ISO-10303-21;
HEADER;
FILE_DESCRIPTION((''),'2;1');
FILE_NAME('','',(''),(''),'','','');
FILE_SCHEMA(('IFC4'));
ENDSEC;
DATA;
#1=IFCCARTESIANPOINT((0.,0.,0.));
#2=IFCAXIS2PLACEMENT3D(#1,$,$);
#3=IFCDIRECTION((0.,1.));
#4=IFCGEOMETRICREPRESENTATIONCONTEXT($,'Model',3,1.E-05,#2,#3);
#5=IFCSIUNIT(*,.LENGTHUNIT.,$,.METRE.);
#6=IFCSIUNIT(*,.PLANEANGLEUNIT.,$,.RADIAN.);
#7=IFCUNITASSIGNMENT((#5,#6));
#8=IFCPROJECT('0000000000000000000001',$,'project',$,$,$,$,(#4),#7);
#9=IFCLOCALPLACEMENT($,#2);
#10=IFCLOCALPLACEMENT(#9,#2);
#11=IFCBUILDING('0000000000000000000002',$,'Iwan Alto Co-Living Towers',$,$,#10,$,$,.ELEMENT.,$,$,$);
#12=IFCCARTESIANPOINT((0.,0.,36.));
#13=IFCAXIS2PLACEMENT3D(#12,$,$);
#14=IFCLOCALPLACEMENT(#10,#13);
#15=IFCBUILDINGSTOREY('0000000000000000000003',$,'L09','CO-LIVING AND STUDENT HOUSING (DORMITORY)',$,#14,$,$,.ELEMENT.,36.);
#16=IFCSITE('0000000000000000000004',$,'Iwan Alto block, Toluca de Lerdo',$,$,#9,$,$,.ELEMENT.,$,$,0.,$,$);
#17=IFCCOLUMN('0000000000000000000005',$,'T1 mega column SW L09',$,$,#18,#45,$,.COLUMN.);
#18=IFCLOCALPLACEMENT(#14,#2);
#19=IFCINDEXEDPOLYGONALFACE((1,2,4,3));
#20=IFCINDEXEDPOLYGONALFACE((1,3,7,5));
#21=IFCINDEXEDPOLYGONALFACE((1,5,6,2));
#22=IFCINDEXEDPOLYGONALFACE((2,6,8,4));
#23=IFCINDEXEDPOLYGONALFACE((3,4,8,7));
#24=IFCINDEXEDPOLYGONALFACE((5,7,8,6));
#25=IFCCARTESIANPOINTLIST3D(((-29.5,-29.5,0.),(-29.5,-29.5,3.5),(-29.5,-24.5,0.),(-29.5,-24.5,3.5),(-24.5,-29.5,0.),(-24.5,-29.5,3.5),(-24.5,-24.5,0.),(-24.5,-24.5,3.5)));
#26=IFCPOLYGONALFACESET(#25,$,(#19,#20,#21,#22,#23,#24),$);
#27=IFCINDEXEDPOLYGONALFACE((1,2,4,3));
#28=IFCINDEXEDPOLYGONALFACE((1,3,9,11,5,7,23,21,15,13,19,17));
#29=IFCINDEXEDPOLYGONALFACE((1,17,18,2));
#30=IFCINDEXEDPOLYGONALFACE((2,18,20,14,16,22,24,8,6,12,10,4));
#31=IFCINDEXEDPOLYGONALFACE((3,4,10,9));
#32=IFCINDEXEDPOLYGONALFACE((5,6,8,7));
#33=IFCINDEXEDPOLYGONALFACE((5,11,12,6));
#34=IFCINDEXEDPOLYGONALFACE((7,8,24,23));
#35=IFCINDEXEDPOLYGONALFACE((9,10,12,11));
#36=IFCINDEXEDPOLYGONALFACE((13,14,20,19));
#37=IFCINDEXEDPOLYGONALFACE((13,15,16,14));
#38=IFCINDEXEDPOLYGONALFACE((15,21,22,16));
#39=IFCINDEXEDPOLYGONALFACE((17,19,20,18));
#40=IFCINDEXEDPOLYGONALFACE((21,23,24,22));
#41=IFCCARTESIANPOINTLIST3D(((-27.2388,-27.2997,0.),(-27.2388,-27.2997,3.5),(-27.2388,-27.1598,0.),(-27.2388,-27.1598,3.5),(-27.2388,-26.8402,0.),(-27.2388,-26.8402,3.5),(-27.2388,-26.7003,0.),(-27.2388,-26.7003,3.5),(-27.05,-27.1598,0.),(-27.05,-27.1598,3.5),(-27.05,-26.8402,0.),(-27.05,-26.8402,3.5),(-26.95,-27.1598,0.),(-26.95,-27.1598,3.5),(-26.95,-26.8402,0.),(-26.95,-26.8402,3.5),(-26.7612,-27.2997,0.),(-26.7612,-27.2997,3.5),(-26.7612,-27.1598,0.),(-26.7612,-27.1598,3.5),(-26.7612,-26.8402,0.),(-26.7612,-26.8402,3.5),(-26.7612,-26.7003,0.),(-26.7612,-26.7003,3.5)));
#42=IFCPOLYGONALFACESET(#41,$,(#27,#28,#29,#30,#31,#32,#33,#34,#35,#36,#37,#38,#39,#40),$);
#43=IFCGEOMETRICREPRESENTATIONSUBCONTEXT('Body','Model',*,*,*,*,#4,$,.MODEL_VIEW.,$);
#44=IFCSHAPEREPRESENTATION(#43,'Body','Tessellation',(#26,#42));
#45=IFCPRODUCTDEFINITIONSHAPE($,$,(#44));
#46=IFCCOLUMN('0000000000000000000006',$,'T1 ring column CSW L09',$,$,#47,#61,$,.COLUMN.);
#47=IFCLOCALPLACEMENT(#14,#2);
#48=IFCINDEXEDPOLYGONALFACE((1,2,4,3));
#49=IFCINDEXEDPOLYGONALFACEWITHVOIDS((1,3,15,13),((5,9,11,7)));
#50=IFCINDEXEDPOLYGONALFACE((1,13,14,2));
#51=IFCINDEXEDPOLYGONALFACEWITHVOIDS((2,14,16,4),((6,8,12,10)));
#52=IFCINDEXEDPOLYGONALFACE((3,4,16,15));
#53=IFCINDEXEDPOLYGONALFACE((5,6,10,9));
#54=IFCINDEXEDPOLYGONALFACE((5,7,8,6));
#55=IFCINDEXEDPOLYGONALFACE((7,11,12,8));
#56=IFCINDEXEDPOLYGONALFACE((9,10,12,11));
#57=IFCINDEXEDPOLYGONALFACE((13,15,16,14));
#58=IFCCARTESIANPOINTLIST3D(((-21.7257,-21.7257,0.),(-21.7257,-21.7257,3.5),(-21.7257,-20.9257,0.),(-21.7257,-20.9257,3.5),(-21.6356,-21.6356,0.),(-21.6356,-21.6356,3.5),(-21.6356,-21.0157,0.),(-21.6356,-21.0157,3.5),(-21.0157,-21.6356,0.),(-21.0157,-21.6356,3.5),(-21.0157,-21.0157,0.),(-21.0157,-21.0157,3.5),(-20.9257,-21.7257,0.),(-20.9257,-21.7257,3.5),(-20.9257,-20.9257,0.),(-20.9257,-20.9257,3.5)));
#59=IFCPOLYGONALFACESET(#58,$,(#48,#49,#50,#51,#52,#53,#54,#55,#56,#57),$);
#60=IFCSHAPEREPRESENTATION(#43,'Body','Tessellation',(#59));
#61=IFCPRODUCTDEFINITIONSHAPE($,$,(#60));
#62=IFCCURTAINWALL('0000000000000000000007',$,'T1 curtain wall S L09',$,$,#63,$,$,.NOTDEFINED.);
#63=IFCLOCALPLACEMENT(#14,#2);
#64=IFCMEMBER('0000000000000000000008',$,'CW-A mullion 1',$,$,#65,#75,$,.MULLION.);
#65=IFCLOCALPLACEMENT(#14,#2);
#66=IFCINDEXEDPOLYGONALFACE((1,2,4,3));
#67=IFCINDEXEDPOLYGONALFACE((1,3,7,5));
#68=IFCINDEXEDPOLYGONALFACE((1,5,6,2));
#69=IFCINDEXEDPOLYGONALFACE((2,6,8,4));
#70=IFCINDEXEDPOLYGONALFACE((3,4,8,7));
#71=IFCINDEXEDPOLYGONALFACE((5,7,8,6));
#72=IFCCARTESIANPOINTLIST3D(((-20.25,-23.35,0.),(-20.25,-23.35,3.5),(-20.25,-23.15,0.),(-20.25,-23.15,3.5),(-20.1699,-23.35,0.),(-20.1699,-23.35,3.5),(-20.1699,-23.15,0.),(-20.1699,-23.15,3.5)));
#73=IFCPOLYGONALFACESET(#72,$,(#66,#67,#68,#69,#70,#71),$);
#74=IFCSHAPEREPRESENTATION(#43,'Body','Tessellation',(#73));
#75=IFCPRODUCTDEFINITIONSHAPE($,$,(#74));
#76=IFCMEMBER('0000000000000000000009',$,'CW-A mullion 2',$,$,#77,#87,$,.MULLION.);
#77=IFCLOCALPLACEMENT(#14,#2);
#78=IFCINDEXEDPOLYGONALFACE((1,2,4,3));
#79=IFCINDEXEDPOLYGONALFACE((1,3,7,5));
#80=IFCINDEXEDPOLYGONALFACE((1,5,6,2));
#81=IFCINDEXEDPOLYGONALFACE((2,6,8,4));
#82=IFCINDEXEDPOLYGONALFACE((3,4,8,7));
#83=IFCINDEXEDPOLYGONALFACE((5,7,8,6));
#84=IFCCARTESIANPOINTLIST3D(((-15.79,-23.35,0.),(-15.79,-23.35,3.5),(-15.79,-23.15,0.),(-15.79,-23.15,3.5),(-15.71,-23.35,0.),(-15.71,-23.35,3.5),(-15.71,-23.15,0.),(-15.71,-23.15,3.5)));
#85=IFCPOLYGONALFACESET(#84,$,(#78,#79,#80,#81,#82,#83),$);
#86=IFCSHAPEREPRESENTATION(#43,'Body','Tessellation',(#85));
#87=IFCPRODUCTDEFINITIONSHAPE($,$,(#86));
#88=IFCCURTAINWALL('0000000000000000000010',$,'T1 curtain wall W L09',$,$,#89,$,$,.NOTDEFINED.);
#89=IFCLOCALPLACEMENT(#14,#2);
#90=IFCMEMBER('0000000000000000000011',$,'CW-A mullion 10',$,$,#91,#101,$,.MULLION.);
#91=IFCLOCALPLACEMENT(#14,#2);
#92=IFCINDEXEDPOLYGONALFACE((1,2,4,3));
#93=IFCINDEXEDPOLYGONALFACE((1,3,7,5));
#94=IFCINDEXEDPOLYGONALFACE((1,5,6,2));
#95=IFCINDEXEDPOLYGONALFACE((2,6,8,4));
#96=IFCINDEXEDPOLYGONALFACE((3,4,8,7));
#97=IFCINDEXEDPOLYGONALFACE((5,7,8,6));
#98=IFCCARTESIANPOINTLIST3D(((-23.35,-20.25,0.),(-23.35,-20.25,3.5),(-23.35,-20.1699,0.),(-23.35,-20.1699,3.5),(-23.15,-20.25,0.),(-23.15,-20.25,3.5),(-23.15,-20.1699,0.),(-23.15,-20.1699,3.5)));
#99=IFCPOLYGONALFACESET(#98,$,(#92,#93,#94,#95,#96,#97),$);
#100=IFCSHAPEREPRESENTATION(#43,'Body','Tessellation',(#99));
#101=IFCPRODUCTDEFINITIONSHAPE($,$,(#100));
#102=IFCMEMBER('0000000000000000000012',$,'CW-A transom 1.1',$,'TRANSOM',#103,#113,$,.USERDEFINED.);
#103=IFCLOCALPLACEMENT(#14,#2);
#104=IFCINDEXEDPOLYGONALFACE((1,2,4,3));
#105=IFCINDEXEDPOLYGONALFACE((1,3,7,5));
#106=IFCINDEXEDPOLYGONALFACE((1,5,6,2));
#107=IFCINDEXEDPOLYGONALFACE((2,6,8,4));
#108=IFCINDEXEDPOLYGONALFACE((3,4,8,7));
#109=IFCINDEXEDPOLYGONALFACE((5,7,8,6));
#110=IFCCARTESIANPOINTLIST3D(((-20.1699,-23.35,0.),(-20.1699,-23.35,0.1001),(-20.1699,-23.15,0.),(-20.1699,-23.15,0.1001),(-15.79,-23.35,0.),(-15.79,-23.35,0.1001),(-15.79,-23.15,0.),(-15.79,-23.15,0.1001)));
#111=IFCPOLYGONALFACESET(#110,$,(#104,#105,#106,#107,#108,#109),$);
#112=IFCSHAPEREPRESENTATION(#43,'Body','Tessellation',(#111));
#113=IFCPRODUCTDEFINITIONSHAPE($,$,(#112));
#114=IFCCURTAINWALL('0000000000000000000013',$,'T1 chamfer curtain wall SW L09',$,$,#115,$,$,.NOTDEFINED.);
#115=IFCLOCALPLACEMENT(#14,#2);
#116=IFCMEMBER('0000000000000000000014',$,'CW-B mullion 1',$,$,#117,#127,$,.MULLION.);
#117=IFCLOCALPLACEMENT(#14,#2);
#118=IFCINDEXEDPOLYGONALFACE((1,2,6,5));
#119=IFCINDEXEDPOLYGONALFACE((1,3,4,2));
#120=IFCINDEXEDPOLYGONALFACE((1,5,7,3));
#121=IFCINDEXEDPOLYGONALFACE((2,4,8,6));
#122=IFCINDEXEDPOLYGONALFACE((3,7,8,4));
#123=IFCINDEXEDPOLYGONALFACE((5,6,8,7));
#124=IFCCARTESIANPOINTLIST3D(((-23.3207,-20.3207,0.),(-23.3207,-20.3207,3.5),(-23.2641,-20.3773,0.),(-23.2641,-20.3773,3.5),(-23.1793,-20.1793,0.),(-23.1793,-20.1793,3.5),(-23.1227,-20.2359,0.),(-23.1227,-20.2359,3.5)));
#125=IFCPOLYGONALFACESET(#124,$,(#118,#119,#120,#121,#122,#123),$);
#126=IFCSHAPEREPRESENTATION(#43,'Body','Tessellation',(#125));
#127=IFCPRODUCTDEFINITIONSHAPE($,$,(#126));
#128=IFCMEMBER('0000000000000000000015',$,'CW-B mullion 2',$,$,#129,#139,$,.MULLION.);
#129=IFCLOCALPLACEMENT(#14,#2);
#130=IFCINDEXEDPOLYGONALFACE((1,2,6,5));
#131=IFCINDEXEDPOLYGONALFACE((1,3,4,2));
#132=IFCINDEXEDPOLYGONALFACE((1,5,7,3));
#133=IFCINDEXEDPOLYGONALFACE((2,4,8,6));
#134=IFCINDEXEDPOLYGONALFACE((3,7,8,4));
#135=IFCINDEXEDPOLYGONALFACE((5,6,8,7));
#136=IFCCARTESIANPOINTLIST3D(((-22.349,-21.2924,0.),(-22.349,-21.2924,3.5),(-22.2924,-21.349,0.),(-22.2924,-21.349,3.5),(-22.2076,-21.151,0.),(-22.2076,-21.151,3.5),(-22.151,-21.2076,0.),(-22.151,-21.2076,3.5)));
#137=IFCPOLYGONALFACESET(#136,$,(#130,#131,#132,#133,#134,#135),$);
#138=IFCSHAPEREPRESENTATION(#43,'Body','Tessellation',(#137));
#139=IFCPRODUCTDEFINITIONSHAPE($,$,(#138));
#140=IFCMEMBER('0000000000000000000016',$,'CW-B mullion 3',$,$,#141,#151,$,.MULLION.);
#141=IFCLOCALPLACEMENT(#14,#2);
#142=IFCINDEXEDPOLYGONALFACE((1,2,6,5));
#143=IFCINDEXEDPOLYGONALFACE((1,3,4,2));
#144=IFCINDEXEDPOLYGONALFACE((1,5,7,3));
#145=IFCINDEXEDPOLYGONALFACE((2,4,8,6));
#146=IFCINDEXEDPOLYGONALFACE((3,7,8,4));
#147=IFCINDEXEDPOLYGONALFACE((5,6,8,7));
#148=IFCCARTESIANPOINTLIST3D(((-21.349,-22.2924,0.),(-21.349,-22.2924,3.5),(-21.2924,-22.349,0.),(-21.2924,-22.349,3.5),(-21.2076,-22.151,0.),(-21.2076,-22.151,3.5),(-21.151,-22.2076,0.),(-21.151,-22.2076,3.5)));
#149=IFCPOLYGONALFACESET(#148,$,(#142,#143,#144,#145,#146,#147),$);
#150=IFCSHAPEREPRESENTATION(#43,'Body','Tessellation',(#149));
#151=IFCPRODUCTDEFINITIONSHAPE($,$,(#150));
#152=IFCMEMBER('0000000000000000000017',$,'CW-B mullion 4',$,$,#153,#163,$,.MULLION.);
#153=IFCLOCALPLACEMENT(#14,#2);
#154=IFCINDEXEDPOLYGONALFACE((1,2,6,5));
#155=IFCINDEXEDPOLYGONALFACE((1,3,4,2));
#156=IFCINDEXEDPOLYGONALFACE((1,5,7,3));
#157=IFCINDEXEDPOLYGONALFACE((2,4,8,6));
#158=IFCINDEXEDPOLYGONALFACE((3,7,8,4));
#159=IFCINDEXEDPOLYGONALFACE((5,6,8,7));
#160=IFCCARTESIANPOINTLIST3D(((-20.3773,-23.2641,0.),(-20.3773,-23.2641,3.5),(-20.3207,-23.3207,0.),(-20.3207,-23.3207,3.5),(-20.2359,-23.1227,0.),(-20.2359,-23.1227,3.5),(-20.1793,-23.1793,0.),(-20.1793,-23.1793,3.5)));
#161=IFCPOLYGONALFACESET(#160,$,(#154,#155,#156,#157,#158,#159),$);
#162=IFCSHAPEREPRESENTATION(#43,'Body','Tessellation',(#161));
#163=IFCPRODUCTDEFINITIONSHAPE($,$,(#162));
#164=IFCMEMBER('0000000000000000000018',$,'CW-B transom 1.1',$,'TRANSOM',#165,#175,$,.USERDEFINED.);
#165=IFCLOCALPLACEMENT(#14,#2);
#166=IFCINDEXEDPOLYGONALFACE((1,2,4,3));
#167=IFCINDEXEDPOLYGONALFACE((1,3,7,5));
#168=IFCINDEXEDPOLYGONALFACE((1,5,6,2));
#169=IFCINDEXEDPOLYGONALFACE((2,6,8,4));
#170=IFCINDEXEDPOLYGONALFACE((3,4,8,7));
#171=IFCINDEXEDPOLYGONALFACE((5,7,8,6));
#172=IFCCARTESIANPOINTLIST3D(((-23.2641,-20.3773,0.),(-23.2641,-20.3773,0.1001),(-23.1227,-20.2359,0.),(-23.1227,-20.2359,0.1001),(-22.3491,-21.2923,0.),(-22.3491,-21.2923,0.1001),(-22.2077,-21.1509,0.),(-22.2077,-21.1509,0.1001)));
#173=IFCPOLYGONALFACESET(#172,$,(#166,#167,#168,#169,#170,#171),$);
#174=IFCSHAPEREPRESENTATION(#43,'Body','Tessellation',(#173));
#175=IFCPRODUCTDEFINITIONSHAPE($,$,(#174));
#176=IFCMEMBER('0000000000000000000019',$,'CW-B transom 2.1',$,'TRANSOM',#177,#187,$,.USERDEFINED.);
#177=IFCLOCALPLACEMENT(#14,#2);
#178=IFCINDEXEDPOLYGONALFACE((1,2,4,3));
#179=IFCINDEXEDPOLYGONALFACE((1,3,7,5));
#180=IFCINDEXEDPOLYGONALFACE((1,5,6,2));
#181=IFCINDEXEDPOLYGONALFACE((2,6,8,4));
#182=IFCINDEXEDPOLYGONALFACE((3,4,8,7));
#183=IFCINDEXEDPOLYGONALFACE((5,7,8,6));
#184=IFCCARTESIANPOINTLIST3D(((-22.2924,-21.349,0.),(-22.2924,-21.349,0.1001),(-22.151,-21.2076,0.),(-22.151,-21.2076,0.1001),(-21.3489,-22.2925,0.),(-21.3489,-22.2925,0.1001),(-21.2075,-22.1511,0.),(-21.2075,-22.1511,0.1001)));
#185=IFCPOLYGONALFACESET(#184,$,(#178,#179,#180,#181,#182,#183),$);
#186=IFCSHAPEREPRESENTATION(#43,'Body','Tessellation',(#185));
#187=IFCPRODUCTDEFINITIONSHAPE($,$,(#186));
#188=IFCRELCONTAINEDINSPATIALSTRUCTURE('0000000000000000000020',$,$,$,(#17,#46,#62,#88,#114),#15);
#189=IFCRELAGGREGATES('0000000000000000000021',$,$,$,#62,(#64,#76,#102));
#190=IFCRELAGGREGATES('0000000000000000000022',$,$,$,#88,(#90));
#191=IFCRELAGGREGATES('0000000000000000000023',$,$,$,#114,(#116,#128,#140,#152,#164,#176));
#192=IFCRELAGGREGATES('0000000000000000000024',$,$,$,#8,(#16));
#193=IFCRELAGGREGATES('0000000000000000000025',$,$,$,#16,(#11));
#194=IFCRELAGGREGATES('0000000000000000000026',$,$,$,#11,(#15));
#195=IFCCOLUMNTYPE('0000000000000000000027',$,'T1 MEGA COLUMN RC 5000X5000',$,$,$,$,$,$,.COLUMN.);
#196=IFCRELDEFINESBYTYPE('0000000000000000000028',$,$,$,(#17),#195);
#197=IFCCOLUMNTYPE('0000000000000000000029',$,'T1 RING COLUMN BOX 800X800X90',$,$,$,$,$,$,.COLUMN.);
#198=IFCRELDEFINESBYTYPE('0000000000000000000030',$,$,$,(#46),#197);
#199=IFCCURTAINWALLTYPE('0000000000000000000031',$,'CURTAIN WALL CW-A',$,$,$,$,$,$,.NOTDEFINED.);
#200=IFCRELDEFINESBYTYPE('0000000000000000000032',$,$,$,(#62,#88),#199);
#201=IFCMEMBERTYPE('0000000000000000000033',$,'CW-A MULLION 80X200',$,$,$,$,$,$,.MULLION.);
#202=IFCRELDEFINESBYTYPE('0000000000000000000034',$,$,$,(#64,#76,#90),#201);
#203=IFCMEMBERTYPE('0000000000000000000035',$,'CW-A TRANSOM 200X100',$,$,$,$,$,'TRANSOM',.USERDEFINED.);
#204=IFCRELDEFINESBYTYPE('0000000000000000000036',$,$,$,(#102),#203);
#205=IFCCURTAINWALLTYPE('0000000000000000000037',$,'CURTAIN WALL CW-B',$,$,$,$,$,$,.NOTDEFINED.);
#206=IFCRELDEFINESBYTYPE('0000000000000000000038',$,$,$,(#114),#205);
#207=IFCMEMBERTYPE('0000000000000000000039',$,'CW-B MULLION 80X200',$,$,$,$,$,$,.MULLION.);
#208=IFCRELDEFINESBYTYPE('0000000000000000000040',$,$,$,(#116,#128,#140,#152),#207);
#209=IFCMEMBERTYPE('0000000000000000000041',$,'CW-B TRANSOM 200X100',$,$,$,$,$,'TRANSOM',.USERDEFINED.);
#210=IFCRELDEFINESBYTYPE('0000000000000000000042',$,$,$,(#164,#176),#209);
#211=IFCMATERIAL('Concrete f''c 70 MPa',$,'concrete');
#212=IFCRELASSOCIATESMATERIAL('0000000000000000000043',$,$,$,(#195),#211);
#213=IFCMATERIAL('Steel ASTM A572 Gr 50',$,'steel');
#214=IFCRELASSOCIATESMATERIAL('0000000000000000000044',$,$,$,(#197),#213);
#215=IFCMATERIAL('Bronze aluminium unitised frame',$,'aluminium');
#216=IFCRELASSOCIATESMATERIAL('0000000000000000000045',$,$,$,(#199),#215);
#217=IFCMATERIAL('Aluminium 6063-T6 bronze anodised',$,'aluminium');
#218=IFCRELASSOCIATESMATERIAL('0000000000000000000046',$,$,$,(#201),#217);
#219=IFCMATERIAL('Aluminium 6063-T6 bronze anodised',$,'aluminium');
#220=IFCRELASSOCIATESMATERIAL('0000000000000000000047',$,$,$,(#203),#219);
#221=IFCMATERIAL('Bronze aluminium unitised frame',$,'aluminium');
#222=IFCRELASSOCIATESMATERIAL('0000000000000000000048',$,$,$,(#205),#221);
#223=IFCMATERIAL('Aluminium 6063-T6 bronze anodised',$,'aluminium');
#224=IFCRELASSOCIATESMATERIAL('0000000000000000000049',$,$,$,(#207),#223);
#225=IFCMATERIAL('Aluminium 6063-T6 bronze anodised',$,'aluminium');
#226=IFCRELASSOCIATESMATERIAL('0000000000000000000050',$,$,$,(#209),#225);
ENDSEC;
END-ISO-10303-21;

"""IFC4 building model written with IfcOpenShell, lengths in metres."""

from ifc_helpers import new_model, si_unit, direction, frame, origin, origin_2d, place, context, subcontext, project, spatial, rectangle, hollow_rectangle, i_section, extrude, material, material_profile, profile_set, type_object, element, aggregate, save


model = new_model("IFC4")

# Units and contexts
model_context = context("Model", 3, precision=1e-05, world=origin(), true_north=direction((0.0, 1.0)))
body_context = subcontext(model_context, "Body", "Model", "MODEL_VIEW")
ifc_project = project(units=[si_unit("LENGTHUNIT", "METRE"), si_unit("PLANEANGLEUNIT", "RADIAN")], contexts=[model_context])

# Site, building, storey
site_placement = place(None, origin())
site = spatial("IfcSite", under=ifc_project, at=site_placement, Name="Iwan Alto block, Toluca de Lerdo", CompositionType="ELEMENT", RefElevation=0.0)
building_placement = place(site_placement, origin())
building = spatial("IfcBuilding", under=site, at=building_placement, Name="Iwan Alto Co-Living Towers", CompositionType="ELEMENT")
storey_placement = place(building_placement, frame((0.0, 0.0, 36.0)))
storey = spatial("IfcBuildingStorey", under=building, at=storey_placement, Name="L09", Description="CO-LIVING AND STUDENT HOUSING (DORMITORY)", CompositionType="ELEMENT", Elevation=36.0)

# Columns
ifc_material_1 = material(Name="Concrete f'c 70 MPa", Category="concrete")
ifc_material_profile_1 = material_profile(ifc_material_1, rectangle(XDim=5.0, YDim=5.0, at=origin_2d()), Name="RC 5000X5000")
ifc_profile_set_1 = profile_set([ifc_material_profile_1], Name="Concrete f'c 70 MPa")
column_type_1 = type_object("IfcColumnType", Name="T1 MEGA COLUMN RC 5000X5000", PredefinedType="COLUMN", material=ifc_profile_set_1)
column_1_placement = place(storey_placement, frame((-27.0, -27.0, 0.0), z_axis=(0.0, 0.0, 1.0), x_axis=(1.0, 0.0, 0.0)))
element("IfcColumn", 1, at=column_1_placement, inside=storey, type_object=column_type_1, Name="T1 mega column SW L09", PredefinedType="COLUMN", context=body_context, shape_type="SweptSolid", body=[
    extrude(rectangle(XDim=5.0, YDim=5.0, at=origin_2d()), origin(), (0.0, 0.0, 1.0), 3.5),
    extrude(i_section(OverallWidth=0.4775, OverallDepth=0.5994, WebThickness=0.1001, FlangeThickness=0.1399, at=origin_2d()), origin(), (0.0, 0.0, 1.0), 3.5),
])
ifc_material_2 = material(Name="Steel ASTM A572 Gr 50", Category="steel")
ifc_material_profile_2 = material_profile(ifc_material_2, hollow_rectangle(XDim=0.8, YDim=0.8, WallThickness=0.0901, at=origin_2d()), Name="BOX 800X800X90")
ifc_profile_set_2 = profile_set([ifc_material_profile_2], Name="Steel ASTM A572 Gr 50")
column_type_2 = type_object("IfcColumnType", Name="T1 RING COLUMN BOX 800X800X90", PredefinedType="COLUMN", material=ifc_profile_set_2)
column_2_placement = place(storey_placement, frame((-21.3257, -21.3257, 0.0), z_axis=(0.0, 0.0, 1.0), x_axis=(1.0, 0.0, 0.0)))
element("IfcColumn", 2, at=column_2_placement, inside=storey, type_object=column_type_2, Name="T1 ring column CSW L09", PredefinedType="COLUMN", context=body_context, shape_type="SweptSolid", body=[
    extrude(hollow_rectangle(XDim=0.8, YDim=0.8, WallThickness=0.0901, at=origin_2d()), origin(), (0.0, 0.0, 1.0), 3.5),
])

# Curtain wall, members
ifc_material_3 = material(Name="Bronze aluminium unitised frame", Category="aluminium")
curtain_wall_type_1 = type_object("IfcCurtainWallType", Name="CURTAIN WALL CW-A", PredefinedType="NOTDEFINED", material=ifc_material_3)
curtain_wall_1_placement = place(storey_placement, origin())
curtain_wall_1 = element("IfcCurtainWall", 3, at=curtain_wall_1_placement, inside=storey, type_object=curtain_wall_type_1, Name="T1 curtain wall S L09", PredefinedType="NOTDEFINED")
ifc_material_4 = material(Name="Aluminium 6063-T6 bronze anodised", Category="aluminium")
ifc_material_profile_3 = material_profile(ifc_material_4, rectangle(XDim=0.2, YDim=0.0801, at=origin_2d()), Name="AL 80X200")
ifc_profile_set_3 = profile_set([ifc_material_profile_3], Name="Aluminium 6063-T6 bronze anodised")
member_type_1 = type_object("IfcMemberType", Name="CW-A MULLION 80X200", PredefinedType="MULLION", material=ifc_profile_set_3)
member_1_placement = place(storey_placement, frame((-20.21, -23.25, 0.0), z_axis=(0.0, 0.0, 1.0), x_axis=(0.0, 1.0, 0.0)))
member_1 = element("IfcMember", 4, at=member_1_placement, type_object=member_type_1, Name="CW-A mullion 1", PredefinedType="MULLION", context=body_context, shape_type="SweptSolid", body=[
    extrude(rectangle(XDim=0.2, YDim=0.0801, at=origin_2d()), origin(), (0.0, 0.0, 1.0), 3.5),
])
member_2_placement = place(storey_placement, frame((-15.75, -23.25, 0.0), z_axis=(0.0, 0.0, 1.0), x_axis=(0.0, 1.0, 0.0)))
member_2 = element("IfcMember", 5, at=member_2_placement, type_object=member_type_1, Name="CW-A mullion 2", PredefinedType="MULLION", context=body_context, shape_type="SweptSolid", body=[
    extrude(rectangle(XDim=0.2, YDim=0.0801, at=origin_2d()), origin(), (0.0, 0.0, 1.0), 3.5),
])

# Curtain wall, member
curtain_wall_2_placement = place(storey_placement, origin())
curtain_wall_2 = element("IfcCurtainWall", 6, at=curtain_wall_2_placement, inside=storey, type_object=curtain_wall_type_1, Name="T1 curtain wall W L09", PredefinedType="NOTDEFINED")
member_3_placement = place(storey_placement, frame((-23.25, -20.21, 0.0), z_axis=(0.0, 0.0, 1.0), x_axis=(1.0, 0.0, 0.0)))
member_3 = element("IfcMember", 7, at=member_3_placement, type_object=member_type_1, Name="CW-A mullion 10", PredefinedType="MULLION", context=body_context, shape_type="SweptSolid", body=[
    extrude(rectangle(XDim=0.2, YDim=0.0801, at=origin_2d()), origin(), (0.0, 0.0, 1.0), 3.5),
])

# Member
ifc_material_5 = material(Name="Aluminium 6063-T6 bronze anodised", Category="aluminium")
ifc_material_profile_4 = material_profile(ifc_material_5, rectangle(XDim=0.2, YDim=0.1001, at=origin_2d()), Name="AL 200X100")
ifc_profile_set_4 = profile_set([ifc_material_profile_4], Name="Aluminium 6063-T6 bronze anodised")
member_type_2 = type_object("IfcMemberType", Name="CW-A TRANSOM 200X100", ElementType="TRANSOM", PredefinedType="USERDEFINED", material=ifc_profile_set_4)
member_4_placement = place(storey_placement, frame((-20.1699, -23.25, 0.05), z_axis=(1.0, 0.0, 0.0), x_axis=(0.0, 1.0, 0.0)))
member_4 = element("IfcMember", 8, at=member_4_placement, type_object=member_type_2, Name="CW-A transom 1.1", ObjectType="TRANSOM", PredefinedType="USERDEFINED", context=body_context, shape_type="SweptSolid", body=[
    extrude(rectangle(XDim=0.2, YDim=0.1001, at=origin_2d()), origin(), (0.0, 0.0, 1.0), 4.3799),
])

# Curtain wall, members
ifc_material_6 = material(Name="Bronze aluminium unitised frame", Category="aluminium")
curtain_wall_type_2 = type_object("IfcCurtainWallType", Name="CURTAIN WALL CW-B", PredefinedType="NOTDEFINED", material=ifc_material_6)
curtain_wall_3_placement = place(storey_placement, origin())
curtain_wall_3 = element("IfcCurtainWall", 9, at=curtain_wall_3_placement, inside=storey, type_object=curtain_wall_type_2, Name="T1 chamfer curtain wall SW L09", PredefinedType="NOTDEFINED")
ifc_material_7 = material(Name="Aluminium 6063-T6 bronze anodised", Category="aluminium")
ifc_material_profile_5 = material_profile(ifc_material_7, rectangle(XDim=0.2, YDim=0.0801, at=origin_2d()), Name="AL 80X200")
ifc_profile_set_5 = profile_set([ifc_material_profile_5], Name="Aluminium 6063-T6 bronze anodised")
member_type_3 = type_object("IfcMemberType", Name="CW-B MULLION 80X200", PredefinedType="MULLION", material=ifc_profile_set_5)
member_5_placement = place(storey_placement, frame((-23.2217, -20.2783, 0.0), z_axis=(0.0, 0.0, 1.0), x_axis=(0.707107, 0.707107, 0.0)))
member_5 = element("IfcMember", 10, at=member_5_placement, type_object=member_type_3, Name="CW-B mullion 1", PredefinedType="MULLION", context=body_context, shape_type="SweptSolid", body=[
    extrude(rectangle(XDim=0.2, YDim=0.0801, at=origin_2d()), origin(), (0.0, 0.0, 1.0), 3.5),
])
member_6_placement = place(storey_placement, frame((-22.25, -21.25, 0.0), z_axis=(0.0, 0.0, 1.0), x_axis=(0.707107, 0.707107, 0.0)))
member_6 = element("IfcMember", 11, at=member_6_placement, type_object=member_type_3, Name="CW-B mullion 2", PredefinedType="MULLION", context=body_context, shape_type="SweptSolid", body=[
    extrude(rectangle(XDim=0.2, YDim=0.0801, at=origin_2d()), origin(), (0.0, 0.0, 1.0), 3.5),
])
member_7_placement = place(storey_placement, frame((-21.25, -22.25, 0.0), z_axis=(0.0, 0.0, 1.0), x_axis=(0.707107, 0.707107, 0.0)))
member_7 = element("IfcMember", 12, at=member_7_placement, type_object=member_type_3, Name="CW-B mullion 3", PredefinedType="MULLION", context=body_context, shape_type="SweptSolid", body=[
    extrude(rectangle(XDim=0.2, YDim=0.0801, at=origin_2d()), origin(), (0.0, 0.0, 1.0), 3.5),
])
member_8_placement = place(storey_placement, frame((-20.2783, -23.2217, 0.0), z_axis=(0.0, 0.0, 1.0), x_axis=(0.707107, 0.707107, 0.0)))
member_8 = element("IfcMember", 13, at=member_8_placement, type_object=member_type_3, Name="CW-B mullion 4", PredefinedType="MULLION", context=body_context, shape_type="SweptSolid", body=[
    extrude(rectangle(XDim=0.2, YDim=0.0801, at=origin_2d()), origin(), (0.0, 0.0, 1.0), 3.5),
])
ifc_material_8 = material(Name="Aluminium 6063-T6 bronze anodised", Category="aluminium")
ifc_material_profile_6 = material_profile(ifc_material_8, rectangle(XDim=0.2, YDim=0.1001, at=origin_2d()), Name="AL 200X100")
ifc_profile_set_6 = profile_set([ifc_material_profile_6], Name="Aluminium 6063-T6 bronze anodised")
member_type_4 = type_object("IfcMemberType", Name="CW-B TRANSOM 200X100", ElementType="TRANSOM", PredefinedType="USERDEFINED", material=ifc_profile_set_6)
member_9_placement = place(storey_placement, frame((-23.1934, -20.3066, 0.05), z_axis=(0.707107, -0.707107, 0.0), x_axis=(0.707107, 0.707107, 0.0)))
member_9 = element("IfcMember", 14, at=member_9_placement, type_object=member_type_4, Name="CW-B transom 1.1", ObjectType="TRANSOM", PredefinedType="USERDEFINED", context=body_context, shape_type="SweptSolid", body=[
    extrude(rectangle(XDim=0.2, YDim=0.1001, at=origin_2d()), origin(), (0.0, 0.0, 1.0), 1.2939),
])
member_10_placement = place(storey_placement, frame((-22.2217, -21.2783, 0.05), z_axis=(0.707107, -0.707107, 0.0), x_axis=(0.707107, 0.707107, 0.0)))
member_10 = element("IfcMember", 15, at=member_10_placement, type_object=member_type_4, Name="CW-B transom 2.1", ObjectType="TRANSOM", PredefinedType="USERDEFINED", context=body_context, shape_type="SweptSolid", body=[
    extrude(rectangle(XDim=0.2, YDim=0.1001, at=origin_2d()), origin(), (0.0, 0.0, 1.0), 1.3342),
])

aggregate(curtain_wall_1, [member_1, member_2, member_4])
aggregate(curtain_wall_2, [member_3])
aggregate(curtain_wall_3, [member_5, member_6, member_7, member_8, member_9, member_10])

save(model, "model.ifc")
